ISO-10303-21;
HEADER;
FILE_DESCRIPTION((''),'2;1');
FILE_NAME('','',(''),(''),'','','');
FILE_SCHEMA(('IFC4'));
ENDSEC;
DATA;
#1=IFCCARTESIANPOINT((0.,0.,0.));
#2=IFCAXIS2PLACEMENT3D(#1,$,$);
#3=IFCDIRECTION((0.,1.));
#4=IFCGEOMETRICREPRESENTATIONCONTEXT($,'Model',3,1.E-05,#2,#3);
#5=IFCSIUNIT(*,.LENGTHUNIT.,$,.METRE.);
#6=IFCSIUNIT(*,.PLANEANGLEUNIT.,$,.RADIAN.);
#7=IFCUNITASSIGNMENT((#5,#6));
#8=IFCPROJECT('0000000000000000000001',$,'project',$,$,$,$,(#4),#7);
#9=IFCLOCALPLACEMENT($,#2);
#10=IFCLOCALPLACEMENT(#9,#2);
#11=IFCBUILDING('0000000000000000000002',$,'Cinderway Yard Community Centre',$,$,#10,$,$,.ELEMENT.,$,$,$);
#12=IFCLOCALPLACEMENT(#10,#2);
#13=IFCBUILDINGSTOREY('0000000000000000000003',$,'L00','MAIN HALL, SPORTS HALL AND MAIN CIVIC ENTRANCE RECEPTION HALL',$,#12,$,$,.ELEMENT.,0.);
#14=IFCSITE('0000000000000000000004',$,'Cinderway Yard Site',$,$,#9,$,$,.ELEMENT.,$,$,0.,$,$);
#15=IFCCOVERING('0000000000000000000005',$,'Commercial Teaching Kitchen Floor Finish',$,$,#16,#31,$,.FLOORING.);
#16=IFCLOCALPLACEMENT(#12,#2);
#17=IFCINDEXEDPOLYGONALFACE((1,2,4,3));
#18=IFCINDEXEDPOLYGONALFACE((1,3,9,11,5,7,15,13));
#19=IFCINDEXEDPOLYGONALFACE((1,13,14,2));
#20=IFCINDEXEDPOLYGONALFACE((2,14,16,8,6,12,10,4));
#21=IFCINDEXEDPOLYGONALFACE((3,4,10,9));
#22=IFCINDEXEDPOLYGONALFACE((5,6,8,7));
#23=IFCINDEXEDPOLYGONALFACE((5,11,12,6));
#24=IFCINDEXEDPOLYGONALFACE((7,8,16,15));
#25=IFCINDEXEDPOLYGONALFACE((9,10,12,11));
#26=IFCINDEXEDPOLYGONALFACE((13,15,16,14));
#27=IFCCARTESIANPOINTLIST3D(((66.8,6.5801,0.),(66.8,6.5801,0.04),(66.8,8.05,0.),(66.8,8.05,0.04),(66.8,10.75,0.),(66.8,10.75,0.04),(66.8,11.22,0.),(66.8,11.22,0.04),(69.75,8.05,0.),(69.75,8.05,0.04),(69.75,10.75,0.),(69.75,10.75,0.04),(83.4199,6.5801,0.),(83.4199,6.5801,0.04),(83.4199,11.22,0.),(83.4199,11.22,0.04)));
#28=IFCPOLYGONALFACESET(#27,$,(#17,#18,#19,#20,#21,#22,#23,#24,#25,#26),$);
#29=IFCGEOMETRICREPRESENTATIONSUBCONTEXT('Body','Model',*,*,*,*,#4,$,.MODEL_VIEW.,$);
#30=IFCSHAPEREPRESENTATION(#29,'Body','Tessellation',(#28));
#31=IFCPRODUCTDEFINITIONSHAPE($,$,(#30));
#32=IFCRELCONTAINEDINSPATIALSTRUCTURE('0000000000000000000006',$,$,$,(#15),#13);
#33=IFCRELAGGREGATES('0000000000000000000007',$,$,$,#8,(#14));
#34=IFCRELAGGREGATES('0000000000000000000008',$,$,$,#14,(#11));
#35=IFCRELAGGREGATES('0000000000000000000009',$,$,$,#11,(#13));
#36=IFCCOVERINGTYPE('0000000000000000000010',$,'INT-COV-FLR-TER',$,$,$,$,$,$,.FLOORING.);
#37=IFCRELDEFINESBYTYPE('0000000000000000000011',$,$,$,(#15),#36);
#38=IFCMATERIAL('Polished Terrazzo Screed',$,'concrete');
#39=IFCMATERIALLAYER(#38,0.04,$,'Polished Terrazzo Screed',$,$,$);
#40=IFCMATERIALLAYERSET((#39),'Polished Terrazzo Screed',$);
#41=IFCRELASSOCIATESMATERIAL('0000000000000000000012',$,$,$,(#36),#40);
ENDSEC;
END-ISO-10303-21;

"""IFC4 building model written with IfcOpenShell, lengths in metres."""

from ifc_helpers import new_model, si_unit, direction, origin, place, context, subcontext, project, spatial, polyline, outline, extrude, material, layer, layer_set, type_object, element, save


model = new_model("IFC4")

# Units and contexts
model_context = context("Model", 3, precision=1e-05, world=origin(), true_north=direction((0.0, 1.0)))
body_context = subcontext(model_context, "Body", "Model", "MODEL_VIEW")
ifc_project = project(units=[si_unit("LENGTHUNIT", "METRE"), si_unit("PLANEANGLEUNIT", "RADIAN")], contexts=[model_context])

# Site, building, storey
site_placement = place(None, origin())
site = spatial("IfcSite", under=ifc_project, at=site_placement, Name="Cinderway Yard Site", CompositionType="ELEMENT", RefElevation=0.0)
building_placement = place(site_placement, origin())
building = spatial("IfcBuilding", under=site, at=building_placement, Name="Cinderway Yard Community Centre", CompositionType="ELEMENT")
storey_placement = place(building_placement, origin())
storey = spatial("IfcBuildingStorey", under=building, at=storey_placement, Name="L00", Description="MAIN HALL, SPORTS HALL AND MAIN CIVIC ENTRANCE RECEPTION HALL", CompositionType="ELEMENT", Elevation=0.0)

# Covering
ifc_material_1 = material(Name="Polished Terrazzo Screed", Category="concrete")
ifc_layer_1 = layer(ifc_material_1, 0.04, Name="Polished Terrazzo Screed")
ifc_layer_set_1 = layer_set([ifc_layer_1], Name="Polished Terrazzo Screed")
covering_type_1 = type_object("IfcCoveringType", Name="INT-COV-FLR-TER", PredefinedType="FLOORING", material=ifc_layer_set_1)
covering_1_placement = place(storey_placement, origin())
element("IfcCovering", 1, at=covering_1_placement, inside=storey, type_object=covering_type_1, Name="Commercial Teaching Kitchen Floor Finish", PredefinedType="FLOORING", context=body_context, shape_type="SweptSolid", body=[
    extrude(outline(polyline([(66.8, 8.05), (69.75, 8.05), (69.75, 10.75), (66.8, 10.75), (66.8, 11.22), (83.4199, 11.22), (83.4199, 6.5801), (66.8, 6.5801), (66.8, 8.05)])), origin(), (0.0, 0.0, 1.0), 0.04),
])

save(model, "model.ifc")
